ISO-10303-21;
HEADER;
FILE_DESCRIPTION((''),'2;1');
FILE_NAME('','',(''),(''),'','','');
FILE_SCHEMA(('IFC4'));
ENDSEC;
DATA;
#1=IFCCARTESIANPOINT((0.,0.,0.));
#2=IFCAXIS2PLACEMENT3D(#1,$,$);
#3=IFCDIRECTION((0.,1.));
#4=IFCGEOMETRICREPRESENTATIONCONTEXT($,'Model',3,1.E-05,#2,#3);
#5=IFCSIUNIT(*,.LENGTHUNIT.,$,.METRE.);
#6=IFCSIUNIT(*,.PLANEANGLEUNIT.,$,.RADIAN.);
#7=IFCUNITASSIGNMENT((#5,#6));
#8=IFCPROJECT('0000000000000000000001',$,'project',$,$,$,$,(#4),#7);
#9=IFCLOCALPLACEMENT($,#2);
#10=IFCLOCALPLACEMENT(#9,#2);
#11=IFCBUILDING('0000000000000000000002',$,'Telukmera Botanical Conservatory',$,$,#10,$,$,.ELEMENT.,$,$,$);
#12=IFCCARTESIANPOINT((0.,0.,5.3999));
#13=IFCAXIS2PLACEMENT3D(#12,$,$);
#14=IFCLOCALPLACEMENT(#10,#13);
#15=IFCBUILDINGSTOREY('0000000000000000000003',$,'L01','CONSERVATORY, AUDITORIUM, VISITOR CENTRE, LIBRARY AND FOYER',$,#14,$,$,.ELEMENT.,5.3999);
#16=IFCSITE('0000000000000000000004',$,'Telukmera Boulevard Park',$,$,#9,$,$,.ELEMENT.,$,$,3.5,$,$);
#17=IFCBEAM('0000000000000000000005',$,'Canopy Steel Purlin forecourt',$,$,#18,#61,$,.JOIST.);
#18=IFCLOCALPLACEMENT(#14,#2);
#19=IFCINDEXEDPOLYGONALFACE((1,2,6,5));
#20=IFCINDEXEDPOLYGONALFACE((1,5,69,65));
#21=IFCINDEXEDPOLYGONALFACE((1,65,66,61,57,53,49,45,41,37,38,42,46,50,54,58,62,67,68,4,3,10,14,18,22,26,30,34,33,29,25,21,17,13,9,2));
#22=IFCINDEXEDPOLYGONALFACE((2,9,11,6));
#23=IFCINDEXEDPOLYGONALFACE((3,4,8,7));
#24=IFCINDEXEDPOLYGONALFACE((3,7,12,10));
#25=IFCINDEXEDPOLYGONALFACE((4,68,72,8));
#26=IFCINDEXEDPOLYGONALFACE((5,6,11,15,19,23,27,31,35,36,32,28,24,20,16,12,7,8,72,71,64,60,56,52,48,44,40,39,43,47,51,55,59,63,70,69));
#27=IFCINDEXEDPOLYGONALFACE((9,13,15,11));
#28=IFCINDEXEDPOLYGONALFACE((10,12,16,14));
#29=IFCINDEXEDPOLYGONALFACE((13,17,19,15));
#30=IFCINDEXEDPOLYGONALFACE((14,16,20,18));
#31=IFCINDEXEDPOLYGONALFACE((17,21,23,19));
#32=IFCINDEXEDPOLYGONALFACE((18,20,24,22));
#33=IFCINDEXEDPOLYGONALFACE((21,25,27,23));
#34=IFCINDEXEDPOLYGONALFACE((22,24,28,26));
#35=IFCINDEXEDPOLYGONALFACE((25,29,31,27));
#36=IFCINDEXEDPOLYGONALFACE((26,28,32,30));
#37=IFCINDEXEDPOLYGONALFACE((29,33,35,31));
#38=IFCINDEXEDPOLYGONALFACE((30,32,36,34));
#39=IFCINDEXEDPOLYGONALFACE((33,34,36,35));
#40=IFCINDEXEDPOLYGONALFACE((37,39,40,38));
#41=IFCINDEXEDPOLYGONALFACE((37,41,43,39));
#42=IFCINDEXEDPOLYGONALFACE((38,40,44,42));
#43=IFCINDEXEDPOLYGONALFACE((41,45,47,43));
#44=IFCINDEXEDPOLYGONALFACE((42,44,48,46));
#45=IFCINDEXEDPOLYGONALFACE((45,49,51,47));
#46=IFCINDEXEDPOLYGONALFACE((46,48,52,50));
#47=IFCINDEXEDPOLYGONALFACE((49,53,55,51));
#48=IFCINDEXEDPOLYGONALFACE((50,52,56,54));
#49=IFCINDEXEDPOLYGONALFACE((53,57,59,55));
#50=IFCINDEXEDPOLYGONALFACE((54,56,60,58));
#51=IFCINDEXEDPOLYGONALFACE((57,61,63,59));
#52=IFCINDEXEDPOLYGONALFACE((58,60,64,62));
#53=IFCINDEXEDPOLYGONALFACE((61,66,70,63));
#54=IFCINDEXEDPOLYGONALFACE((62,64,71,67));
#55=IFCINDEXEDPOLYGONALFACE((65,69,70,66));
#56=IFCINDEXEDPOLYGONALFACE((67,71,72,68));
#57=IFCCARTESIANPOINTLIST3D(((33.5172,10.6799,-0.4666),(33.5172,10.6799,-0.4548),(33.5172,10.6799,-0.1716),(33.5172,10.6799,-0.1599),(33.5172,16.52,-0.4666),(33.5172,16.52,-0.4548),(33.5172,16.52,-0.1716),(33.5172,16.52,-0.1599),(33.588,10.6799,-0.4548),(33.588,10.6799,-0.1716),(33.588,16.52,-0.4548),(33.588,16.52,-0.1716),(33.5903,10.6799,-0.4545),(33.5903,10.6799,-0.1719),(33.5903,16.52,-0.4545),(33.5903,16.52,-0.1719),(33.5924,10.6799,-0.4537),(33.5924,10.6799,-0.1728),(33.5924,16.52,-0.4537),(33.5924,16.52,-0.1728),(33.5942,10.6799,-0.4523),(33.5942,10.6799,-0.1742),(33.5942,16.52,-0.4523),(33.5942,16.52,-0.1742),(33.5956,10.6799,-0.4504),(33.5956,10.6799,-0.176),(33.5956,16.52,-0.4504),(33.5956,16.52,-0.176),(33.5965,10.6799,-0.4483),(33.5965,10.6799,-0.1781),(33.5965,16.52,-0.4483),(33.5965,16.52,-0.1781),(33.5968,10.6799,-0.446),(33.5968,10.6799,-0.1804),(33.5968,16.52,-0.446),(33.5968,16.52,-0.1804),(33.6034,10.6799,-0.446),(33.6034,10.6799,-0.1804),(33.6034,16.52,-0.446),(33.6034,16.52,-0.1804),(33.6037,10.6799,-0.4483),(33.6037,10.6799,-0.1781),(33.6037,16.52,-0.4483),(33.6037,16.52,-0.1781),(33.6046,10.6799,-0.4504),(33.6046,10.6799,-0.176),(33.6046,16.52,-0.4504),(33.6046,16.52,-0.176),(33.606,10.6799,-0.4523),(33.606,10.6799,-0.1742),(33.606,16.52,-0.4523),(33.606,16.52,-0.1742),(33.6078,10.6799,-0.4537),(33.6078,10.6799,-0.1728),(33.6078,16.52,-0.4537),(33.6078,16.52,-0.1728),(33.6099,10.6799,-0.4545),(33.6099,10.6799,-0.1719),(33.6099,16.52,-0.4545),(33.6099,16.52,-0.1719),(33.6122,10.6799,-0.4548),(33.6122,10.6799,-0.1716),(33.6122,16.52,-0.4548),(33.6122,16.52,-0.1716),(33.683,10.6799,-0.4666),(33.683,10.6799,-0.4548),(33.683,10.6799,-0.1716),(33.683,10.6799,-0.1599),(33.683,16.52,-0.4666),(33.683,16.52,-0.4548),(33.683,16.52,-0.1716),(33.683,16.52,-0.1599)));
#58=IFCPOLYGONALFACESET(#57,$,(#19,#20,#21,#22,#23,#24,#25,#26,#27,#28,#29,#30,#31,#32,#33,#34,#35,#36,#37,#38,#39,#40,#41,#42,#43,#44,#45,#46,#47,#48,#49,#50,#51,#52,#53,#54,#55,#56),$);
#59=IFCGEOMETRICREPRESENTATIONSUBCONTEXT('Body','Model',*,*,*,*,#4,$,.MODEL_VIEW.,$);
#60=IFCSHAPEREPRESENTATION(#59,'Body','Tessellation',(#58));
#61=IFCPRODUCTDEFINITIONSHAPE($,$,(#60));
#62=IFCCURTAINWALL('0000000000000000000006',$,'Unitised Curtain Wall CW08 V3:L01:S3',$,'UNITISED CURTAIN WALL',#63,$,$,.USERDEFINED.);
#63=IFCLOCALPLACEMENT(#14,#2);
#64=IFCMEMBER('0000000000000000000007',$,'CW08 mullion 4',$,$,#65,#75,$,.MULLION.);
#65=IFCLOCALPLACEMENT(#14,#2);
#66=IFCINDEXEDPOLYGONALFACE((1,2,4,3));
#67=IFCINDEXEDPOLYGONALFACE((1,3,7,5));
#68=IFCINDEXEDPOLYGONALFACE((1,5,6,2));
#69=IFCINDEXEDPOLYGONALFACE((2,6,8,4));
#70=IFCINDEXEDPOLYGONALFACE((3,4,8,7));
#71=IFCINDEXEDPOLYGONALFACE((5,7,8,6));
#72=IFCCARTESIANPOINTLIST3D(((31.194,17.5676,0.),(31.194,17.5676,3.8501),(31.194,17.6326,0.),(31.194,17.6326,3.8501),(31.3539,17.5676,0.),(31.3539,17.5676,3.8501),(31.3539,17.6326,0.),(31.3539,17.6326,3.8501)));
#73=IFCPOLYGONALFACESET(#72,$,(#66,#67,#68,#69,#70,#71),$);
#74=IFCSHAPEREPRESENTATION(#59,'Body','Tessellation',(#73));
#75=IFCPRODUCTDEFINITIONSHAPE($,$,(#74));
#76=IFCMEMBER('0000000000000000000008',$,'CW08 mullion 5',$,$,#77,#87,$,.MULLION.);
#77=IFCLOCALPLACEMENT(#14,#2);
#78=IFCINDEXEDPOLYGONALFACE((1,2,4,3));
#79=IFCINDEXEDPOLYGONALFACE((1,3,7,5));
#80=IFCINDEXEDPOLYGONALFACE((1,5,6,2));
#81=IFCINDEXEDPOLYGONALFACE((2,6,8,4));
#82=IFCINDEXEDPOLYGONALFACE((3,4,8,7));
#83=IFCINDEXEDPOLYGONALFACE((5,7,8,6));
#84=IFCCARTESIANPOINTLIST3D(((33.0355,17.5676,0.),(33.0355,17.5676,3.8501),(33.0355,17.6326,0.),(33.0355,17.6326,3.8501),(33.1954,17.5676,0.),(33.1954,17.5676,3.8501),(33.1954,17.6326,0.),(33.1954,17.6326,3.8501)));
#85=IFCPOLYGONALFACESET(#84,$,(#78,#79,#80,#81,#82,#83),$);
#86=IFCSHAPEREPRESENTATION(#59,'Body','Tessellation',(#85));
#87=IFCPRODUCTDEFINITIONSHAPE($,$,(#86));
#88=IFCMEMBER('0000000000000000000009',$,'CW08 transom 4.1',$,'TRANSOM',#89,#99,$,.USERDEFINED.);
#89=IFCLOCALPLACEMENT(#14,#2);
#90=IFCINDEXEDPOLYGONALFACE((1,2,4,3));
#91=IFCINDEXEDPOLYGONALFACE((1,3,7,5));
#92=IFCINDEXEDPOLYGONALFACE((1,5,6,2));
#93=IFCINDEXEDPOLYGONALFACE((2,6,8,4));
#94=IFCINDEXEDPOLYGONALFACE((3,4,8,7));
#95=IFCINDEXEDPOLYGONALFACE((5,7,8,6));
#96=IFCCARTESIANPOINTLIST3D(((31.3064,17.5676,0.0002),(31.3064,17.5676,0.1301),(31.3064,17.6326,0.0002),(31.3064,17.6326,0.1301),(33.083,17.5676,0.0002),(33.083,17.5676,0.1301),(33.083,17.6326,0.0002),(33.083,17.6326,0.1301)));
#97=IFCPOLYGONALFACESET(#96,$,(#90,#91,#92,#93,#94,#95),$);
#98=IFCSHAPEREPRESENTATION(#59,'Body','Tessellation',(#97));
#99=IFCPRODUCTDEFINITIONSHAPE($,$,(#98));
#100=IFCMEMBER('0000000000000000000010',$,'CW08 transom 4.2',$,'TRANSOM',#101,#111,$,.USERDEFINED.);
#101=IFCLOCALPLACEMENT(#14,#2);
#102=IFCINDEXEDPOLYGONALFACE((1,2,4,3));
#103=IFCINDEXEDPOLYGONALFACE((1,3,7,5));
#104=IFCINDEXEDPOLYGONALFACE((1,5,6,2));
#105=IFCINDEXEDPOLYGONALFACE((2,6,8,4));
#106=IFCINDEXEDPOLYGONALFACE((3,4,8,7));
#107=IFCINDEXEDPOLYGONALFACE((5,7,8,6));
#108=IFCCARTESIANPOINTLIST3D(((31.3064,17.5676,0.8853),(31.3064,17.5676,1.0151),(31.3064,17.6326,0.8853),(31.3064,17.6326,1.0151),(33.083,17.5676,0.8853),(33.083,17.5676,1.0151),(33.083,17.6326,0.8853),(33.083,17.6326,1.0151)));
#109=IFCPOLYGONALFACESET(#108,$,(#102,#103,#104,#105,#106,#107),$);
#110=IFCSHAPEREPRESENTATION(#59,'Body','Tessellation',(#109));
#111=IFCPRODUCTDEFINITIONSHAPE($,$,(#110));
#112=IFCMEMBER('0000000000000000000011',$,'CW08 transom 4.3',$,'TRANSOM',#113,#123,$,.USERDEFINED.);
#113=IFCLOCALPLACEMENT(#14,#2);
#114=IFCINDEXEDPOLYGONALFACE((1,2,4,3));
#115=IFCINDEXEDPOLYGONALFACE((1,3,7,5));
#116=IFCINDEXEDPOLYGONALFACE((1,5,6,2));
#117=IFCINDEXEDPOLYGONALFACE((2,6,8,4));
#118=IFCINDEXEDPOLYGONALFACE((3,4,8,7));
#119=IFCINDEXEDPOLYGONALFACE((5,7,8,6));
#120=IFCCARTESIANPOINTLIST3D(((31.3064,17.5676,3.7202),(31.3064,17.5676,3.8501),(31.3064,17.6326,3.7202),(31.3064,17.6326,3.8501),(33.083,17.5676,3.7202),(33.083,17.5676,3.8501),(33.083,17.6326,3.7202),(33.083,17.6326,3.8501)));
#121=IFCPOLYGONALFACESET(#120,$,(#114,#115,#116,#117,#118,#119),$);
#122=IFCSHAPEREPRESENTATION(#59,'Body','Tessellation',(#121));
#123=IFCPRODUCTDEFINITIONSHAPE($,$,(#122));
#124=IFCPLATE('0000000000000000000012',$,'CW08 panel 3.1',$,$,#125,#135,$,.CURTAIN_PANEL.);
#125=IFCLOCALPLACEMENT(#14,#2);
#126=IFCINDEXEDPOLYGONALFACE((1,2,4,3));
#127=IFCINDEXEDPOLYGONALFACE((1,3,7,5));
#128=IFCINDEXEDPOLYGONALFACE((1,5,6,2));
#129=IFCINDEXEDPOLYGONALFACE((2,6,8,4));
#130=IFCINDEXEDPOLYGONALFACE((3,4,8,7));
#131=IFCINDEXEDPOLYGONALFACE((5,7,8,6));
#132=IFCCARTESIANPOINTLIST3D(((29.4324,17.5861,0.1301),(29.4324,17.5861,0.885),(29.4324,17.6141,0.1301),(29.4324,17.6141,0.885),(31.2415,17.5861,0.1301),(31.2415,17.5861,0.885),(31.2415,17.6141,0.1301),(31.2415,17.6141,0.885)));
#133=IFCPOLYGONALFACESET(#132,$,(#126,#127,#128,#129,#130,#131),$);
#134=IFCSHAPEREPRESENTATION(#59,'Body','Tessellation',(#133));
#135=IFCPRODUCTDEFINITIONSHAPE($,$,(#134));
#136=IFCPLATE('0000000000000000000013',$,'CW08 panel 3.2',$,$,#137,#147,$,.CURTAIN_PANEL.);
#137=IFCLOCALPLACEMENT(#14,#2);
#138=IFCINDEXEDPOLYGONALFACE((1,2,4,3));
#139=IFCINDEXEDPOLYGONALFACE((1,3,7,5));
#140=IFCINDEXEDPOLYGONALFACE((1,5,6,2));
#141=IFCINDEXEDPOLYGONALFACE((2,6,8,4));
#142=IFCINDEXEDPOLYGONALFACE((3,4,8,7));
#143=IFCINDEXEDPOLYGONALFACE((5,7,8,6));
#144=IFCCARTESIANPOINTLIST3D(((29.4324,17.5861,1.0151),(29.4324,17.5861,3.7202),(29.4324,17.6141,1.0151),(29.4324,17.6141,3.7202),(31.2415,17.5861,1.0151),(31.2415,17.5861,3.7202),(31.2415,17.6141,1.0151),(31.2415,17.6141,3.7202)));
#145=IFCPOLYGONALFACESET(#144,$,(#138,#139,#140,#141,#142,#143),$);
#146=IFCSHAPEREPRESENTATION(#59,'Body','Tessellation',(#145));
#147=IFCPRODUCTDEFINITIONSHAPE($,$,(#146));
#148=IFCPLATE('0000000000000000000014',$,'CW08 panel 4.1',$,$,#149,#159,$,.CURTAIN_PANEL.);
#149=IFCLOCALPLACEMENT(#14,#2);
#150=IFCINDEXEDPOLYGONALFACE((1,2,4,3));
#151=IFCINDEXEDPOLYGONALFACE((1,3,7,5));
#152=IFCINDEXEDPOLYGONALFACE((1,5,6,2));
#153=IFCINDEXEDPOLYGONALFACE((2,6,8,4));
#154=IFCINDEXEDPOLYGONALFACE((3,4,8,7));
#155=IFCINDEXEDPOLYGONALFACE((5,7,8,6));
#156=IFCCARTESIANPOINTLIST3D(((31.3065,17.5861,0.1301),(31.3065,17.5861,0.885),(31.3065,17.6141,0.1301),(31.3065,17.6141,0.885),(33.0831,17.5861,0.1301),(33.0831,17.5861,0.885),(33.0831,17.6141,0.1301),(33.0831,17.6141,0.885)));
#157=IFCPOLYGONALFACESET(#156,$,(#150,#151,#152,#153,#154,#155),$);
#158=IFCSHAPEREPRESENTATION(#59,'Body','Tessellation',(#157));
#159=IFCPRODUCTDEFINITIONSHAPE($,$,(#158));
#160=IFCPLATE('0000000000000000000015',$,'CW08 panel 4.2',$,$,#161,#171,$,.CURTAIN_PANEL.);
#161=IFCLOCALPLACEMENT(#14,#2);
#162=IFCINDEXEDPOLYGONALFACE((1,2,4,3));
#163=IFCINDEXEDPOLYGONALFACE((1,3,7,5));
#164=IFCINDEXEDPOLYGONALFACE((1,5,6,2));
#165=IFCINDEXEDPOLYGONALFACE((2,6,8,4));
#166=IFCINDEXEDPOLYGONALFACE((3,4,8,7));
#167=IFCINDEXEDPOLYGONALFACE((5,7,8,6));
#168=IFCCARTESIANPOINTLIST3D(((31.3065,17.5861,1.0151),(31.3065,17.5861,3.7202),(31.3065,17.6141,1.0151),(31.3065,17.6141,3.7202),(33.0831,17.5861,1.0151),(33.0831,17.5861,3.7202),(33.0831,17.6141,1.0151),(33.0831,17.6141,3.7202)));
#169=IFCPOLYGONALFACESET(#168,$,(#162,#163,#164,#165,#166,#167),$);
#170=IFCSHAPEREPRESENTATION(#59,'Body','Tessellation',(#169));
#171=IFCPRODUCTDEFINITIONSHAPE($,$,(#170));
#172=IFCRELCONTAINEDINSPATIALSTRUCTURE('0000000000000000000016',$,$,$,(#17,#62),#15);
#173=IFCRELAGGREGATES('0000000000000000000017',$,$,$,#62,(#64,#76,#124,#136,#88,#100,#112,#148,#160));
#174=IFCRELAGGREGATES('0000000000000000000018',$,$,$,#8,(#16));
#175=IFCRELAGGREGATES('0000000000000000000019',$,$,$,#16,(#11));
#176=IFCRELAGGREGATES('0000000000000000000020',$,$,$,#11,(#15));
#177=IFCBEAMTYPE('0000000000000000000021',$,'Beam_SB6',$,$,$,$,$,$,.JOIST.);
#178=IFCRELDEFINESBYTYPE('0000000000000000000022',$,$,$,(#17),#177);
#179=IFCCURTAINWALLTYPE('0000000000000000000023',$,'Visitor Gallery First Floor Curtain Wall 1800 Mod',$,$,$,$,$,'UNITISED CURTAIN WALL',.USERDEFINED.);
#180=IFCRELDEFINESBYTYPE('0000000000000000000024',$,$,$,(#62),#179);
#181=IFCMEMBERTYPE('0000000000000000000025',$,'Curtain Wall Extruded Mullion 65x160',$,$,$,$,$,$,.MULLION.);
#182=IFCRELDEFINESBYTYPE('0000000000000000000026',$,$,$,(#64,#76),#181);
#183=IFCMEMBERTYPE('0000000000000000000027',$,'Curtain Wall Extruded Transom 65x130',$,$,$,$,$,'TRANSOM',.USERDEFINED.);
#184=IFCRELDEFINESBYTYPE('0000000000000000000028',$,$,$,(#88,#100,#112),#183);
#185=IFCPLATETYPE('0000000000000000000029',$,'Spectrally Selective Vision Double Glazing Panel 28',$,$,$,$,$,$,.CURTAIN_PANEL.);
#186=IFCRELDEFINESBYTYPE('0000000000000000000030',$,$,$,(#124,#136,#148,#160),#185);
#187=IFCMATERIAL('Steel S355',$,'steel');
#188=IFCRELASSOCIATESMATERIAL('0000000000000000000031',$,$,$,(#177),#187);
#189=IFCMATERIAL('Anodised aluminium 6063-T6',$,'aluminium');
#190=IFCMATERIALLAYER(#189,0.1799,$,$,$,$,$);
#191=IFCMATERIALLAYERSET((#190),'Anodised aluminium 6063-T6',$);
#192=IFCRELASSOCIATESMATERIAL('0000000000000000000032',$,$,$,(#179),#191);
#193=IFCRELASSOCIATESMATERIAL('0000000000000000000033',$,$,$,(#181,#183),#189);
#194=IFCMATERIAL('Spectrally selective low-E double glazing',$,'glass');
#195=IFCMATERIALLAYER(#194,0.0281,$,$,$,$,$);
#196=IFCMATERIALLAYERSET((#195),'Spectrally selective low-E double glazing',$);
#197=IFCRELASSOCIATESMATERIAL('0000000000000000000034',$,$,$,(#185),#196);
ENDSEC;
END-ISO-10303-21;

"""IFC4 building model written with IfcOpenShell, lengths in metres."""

from ifc_helpers import new_model, si_unit, direction, frame, origin, origin_2d, place, context, subcontext, project, spatial, rectangle, i_section, extrude, material, layer, layer_set, material_profile, profile_set, type_object, element, aggregate, save


model = new_model("IFC4")

# Units and contexts
model_context = context("Model", 3, precision=1e-05, world=origin(), true_north=direction((0.0, 1.0)))
body_context = subcontext(model_context, "Body", "Model", "MODEL_VIEW")
ifc_project = project(units=[si_unit("LENGTHUNIT", "METRE"), si_unit("PLANEANGLEUNIT", "RADIAN")], contexts=[model_context])

# Site, building, storey
site_placement = place(None, origin())
site = spatial("IfcSite", under=ifc_project, at=site_placement, Name="Telukmera Boulevard Park", CompositionType="ELEMENT", RefElevation=3.5)
building_placement = place(site_placement, origin())
building = spatial("IfcBuilding", under=site, at=building_placement, Name="Telukmera Botanical Conservatory", CompositionType="ELEMENT")
storey_placement = place(building_placement, frame((0.0, 0.0, 5.3999)))
storey = spatial("IfcBuildingStorey", under=building, at=storey_placement, Name="L01", Description="CONSERVATORY, AUDITORIUM, VISITOR CENTRE, LIBRARY AND FOYER", CompositionType="ELEMENT", Elevation=5.3999)

# Beam
ifc_material_1 = material(Name="Steel S355", Category="steel")
ifc_material_profile_1 = material_profile(ifc_material_1, i_section(OverallWidth=0.1658, OverallDepth=0.3066, WebThickness=0.0066, FlangeThickness=0.0117, FilletRadius=0.0088, at=origin_2d()), Name="UB 305x165x46")
ifc_profile_set_1 = profile_set([ifc_material_profile_1], Name="Steel S355")
beam_type_1 = type_object("IfcBeamType", Name="Beam_SB6", PredefinedType="JOIST", material=ifc_profile_set_1)
beam_1_placement = place(storey_placement, frame((33.6001, 10.6799, -0.3132), z_axis=(0.0, 1.0, 0.0), x_axis=(-1.0, 0.0, 0.0)))
element("IfcBeam", 1, at=beam_1_placement, inside=storey, type_object=beam_type_1, Name="Canopy Steel Purlin forecourt", PredefinedType="JOIST", context=body_context, shape_type="SweptSolid", body=[
    extrude(i_section(OverallWidth=0.1658, OverallDepth=0.3066, WebThickness=0.0066, FlangeThickness=0.0117, FilletRadius=0.0088, at=origin_2d()), origin(), (0.0, 0.0, 1.0), 5.8401),
])

# Curtain wall, members, plates
ifc_material_2 = material(Name="Anodised aluminium 6063-T6", Category="aluminium")
ifc_layer_1 = layer(ifc_material_2, 0.1799)
ifc_layer_set_1 = layer_set([ifc_layer_1], Name="Anodised aluminium 6063-T6")
curtain_wall_type = type_object("IfcCurtainWallType", Name="Visitor Gallery First Floor Curtain Wall 1800 Mod", ElementType="UNITISED CURTAIN WALL", PredefinedType="USERDEFINED", material=ifc_layer_set_1)
curtain_wall_placement = place(storey_placement, origin())
curtain_wall = element("IfcCurtainWall", 2, at=curtain_wall_placement, inside=storey, type_object=curtain_wall_type, Name="Unitised Curtain Wall CW08 V3:L01:S3", ObjectType="UNITISED CURTAIN WALL", PredefinedType="USERDEFINED")
ifc_material_profile_2 = material_profile(ifc_material_2, rectangle(XDim=0.0649, YDim=0.1599, at=origin_2d()), Name="ALU MULL 65x160")
ifc_profile_set_2 = profile_set([ifc_material_profile_2], Name="Anodised aluminium 6063-T6")
member_type_1 = type_object("IfcMemberType", Name="Curtain Wall Extruded Mullion 65x160", PredefinedType="MULLION", material=ifc_profile_set_2)
member_1_placement = place(storey_placement, frame((31.2739, 17.6001, 0.0), z_axis=(0.0, 0.0, 1.0), x_axis=(0.0, 1.0, 0.0)))
member_1 = element("IfcMember", 3, at=member_1_placement, type_object=member_type_1, Name="CW08 mullion 4", PredefinedType="MULLION", context=body_context, shape_type="SweptSolid", body=[
    extrude(rectangle(XDim=0.0649, YDim=0.1599, at=origin_2d()), origin(), (0.0, 0.0, 1.0), 3.8501),
])
member_2_placement = place(storey_placement, frame((33.1155, 17.6001, 0.0), z_axis=(0.0, 0.0, 1.0), x_axis=(0.0, 1.0, 0.0)))
member_2 = element("IfcMember", 4, at=member_2_placement, type_object=member_type_1, Name="CW08 mullion 5", PredefinedType="MULLION", context=body_context, shape_type="SweptSolid", body=[
    extrude(rectangle(XDim=0.0649, YDim=0.1599, at=origin_2d()), origin(), (0.0, 0.0, 1.0), 3.8501),
])
ifc_material_profile_3 = material_profile(ifc_material_2, rectangle(XDim=0.0649, YDim=0.1299, at=origin_2d()), Name="ALU TRAN 65x130")
ifc_profile_set_3 = profile_set([ifc_material_profile_3], Name="Anodised aluminium 6063-T6")
member_type_2 = type_object("IfcMemberType", Name="Curtain Wall Extruded Transom 65x130", ElementType="TRANSOM", PredefinedType="USERDEFINED", material=ifc_profile_set_3)
member_3_placement = place(storey_placement, frame((31.3064, 17.6001, 0.0652), z_axis=(1.0, 0.0, 0.0), x_axis=(0.0, 1.0, 0.0)))
member_3 = element("IfcMember", 5, at=member_3_placement, type_object=member_type_2, Name="CW08 transom 4.1", ObjectType="TRANSOM", PredefinedType="USERDEFINED", context=body_context, shape_type="SweptSolid", body=[
    extrude(rectangle(XDim=0.0649, YDim=0.1299, at=origin_2d()), origin(), (0.0, 0.0, 1.0), 1.7766),
])
member_4_placement = place(storey_placement, frame((31.3064, 17.6001, 0.9502), z_axis=(1.0, 0.0, 0.0), x_axis=(0.0, 1.0, 0.0)))
member_4 = element("IfcMember", 6, at=member_4_placement, type_object=member_type_2, Name="CW08 transom 4.2", ObjectType="TRANSOM", PredefinedType="USERDEFINED", context=body_context, shape_type="SweptSolid", body=[
    extrude(rectangle(XDim=0.0649, YDim=0.1299, at=origin_2d()), origin(), (0.0, 0.0, 1.0), 1.7766),
])
member_5_placement = place(storey_placement, frame((31.3064, 17.6001, 3.7852), z_axis=(1.0, 0.0, 0.0), x_axis=(0.0, 1.0, 0.0)))
member_5 = element("IfcMember", 7, at=member_5_placement, type_object=member_type_2, Name="CW08 transom 4.3", ObjectType="TRANSOM", PredefinedType="USERDEFINED", context=body_context, shape_type="SweptSolid", body=[
    extrude(rectangle(XDim=0.0649, YDim=0.1299, at=origin_2d()), origin(), (0.0, 0.0, 1.0), 1.7766),
])
ifc_material_3 = material(Name="Spectrally selective low-E double glazing", Category="glass")
ifc_layer_2 = layer(ifc_material_3, 0.0281)
ifc_layer_set_2 = layer_set([ifc_layer_2], Name="Spectrally selective low-E double glazing")
plate_type = type_object("IfcPlateType", Name="Spectrally Selective Vision Double Glazing Panel 28", PredefinedType="CURTAIN_PANEL", material=ifc_layer_set_2)
plate_1_placement = place(storey_placement, frame((30.3369, 17.6001, 0.1301), z_axis=(0.0, 0.0, 1.0), x_axis=(1.0, 0.0, 0.0)))
plate_1 = element("IfcPlate", 8, at=plate_1_placement, type_object=plate_type, Name="CW08 panel 3.1", PredefinedType="CURTAIN_PANEL", context=body_context, shape_type="SweptSolid", body=[
    extrude(rectangle(XDim=1.8091, YDim=0.0281, at=origin_2d()), origin(), (0.0, 0.0, 1.0), 0.7549),
])
plate_2_placement = place(storey_placement, frame((30.3369, 17.6001, 1.0151), z_axis=(0.0, 0.0, 1.0), x_axis=(1.0, 0.0, 0.0)))
plate_2 = element("IfcPlate", 9, at=plate_2_placement, type_object=plate_type, Name="CW08 panel 3.2", PredefinedType="CURTAIN_PANEL", context=body_context, shape_type="SweptSolid", body=[
    extrude(rectangle(XDim=1.8091, YDim=0.0281, at=origin_2d()), origin(), (0.0, 0.0, 1.0), 2.7051),
])
plate_3_placement = place(storey_placement, frame((32.1948, 17.6001, 0.1301), z_axis=(0.0, 0.0, 1.0), x_axis=(1.0, 0.0, 0.0)))
plate_3 = element("IfcPlate", 10, at=plate_3_placement, type_object=plate_type, Name="CW08 panel 4.1", PredefinedType="CURTAIN_PANEL", context=body_context, shape_type="SweptSolid", body=[
    extrude(rectangle(XDim=1.7766, YDim=0.0281, at=origin_2d()), origin(), (0.0, 0.0, 1.0), 0.7549),
])
plate_4_placement = place(storey_placement, frame((32.1948, 17.6001, 1.0151), z_axis=(0.0, 0.0, 1.0), x_axis=(1.0, 0.0, 0.0)))
plate_4 = element("IfcPlate", 11, at=plate_4_placement, type_object=plate_type, Name="CW08 panel 4.2", PredefinedType="CURTAIN_PANEL", context=body_context, shape_type="SweptSolid", body=[
    extrude(rectangle(XDim=1.7766, YDim=0.0281, at=origin_2d()), origin(), (0.0, 0.0, 1.0), 2.7051),
])
aggregate(curtain_wall, [member_1, member_2, plate_1, plate_2, member_3, member_4, member_5, plate_3, plate_4])

save(model, "model.ifc")
